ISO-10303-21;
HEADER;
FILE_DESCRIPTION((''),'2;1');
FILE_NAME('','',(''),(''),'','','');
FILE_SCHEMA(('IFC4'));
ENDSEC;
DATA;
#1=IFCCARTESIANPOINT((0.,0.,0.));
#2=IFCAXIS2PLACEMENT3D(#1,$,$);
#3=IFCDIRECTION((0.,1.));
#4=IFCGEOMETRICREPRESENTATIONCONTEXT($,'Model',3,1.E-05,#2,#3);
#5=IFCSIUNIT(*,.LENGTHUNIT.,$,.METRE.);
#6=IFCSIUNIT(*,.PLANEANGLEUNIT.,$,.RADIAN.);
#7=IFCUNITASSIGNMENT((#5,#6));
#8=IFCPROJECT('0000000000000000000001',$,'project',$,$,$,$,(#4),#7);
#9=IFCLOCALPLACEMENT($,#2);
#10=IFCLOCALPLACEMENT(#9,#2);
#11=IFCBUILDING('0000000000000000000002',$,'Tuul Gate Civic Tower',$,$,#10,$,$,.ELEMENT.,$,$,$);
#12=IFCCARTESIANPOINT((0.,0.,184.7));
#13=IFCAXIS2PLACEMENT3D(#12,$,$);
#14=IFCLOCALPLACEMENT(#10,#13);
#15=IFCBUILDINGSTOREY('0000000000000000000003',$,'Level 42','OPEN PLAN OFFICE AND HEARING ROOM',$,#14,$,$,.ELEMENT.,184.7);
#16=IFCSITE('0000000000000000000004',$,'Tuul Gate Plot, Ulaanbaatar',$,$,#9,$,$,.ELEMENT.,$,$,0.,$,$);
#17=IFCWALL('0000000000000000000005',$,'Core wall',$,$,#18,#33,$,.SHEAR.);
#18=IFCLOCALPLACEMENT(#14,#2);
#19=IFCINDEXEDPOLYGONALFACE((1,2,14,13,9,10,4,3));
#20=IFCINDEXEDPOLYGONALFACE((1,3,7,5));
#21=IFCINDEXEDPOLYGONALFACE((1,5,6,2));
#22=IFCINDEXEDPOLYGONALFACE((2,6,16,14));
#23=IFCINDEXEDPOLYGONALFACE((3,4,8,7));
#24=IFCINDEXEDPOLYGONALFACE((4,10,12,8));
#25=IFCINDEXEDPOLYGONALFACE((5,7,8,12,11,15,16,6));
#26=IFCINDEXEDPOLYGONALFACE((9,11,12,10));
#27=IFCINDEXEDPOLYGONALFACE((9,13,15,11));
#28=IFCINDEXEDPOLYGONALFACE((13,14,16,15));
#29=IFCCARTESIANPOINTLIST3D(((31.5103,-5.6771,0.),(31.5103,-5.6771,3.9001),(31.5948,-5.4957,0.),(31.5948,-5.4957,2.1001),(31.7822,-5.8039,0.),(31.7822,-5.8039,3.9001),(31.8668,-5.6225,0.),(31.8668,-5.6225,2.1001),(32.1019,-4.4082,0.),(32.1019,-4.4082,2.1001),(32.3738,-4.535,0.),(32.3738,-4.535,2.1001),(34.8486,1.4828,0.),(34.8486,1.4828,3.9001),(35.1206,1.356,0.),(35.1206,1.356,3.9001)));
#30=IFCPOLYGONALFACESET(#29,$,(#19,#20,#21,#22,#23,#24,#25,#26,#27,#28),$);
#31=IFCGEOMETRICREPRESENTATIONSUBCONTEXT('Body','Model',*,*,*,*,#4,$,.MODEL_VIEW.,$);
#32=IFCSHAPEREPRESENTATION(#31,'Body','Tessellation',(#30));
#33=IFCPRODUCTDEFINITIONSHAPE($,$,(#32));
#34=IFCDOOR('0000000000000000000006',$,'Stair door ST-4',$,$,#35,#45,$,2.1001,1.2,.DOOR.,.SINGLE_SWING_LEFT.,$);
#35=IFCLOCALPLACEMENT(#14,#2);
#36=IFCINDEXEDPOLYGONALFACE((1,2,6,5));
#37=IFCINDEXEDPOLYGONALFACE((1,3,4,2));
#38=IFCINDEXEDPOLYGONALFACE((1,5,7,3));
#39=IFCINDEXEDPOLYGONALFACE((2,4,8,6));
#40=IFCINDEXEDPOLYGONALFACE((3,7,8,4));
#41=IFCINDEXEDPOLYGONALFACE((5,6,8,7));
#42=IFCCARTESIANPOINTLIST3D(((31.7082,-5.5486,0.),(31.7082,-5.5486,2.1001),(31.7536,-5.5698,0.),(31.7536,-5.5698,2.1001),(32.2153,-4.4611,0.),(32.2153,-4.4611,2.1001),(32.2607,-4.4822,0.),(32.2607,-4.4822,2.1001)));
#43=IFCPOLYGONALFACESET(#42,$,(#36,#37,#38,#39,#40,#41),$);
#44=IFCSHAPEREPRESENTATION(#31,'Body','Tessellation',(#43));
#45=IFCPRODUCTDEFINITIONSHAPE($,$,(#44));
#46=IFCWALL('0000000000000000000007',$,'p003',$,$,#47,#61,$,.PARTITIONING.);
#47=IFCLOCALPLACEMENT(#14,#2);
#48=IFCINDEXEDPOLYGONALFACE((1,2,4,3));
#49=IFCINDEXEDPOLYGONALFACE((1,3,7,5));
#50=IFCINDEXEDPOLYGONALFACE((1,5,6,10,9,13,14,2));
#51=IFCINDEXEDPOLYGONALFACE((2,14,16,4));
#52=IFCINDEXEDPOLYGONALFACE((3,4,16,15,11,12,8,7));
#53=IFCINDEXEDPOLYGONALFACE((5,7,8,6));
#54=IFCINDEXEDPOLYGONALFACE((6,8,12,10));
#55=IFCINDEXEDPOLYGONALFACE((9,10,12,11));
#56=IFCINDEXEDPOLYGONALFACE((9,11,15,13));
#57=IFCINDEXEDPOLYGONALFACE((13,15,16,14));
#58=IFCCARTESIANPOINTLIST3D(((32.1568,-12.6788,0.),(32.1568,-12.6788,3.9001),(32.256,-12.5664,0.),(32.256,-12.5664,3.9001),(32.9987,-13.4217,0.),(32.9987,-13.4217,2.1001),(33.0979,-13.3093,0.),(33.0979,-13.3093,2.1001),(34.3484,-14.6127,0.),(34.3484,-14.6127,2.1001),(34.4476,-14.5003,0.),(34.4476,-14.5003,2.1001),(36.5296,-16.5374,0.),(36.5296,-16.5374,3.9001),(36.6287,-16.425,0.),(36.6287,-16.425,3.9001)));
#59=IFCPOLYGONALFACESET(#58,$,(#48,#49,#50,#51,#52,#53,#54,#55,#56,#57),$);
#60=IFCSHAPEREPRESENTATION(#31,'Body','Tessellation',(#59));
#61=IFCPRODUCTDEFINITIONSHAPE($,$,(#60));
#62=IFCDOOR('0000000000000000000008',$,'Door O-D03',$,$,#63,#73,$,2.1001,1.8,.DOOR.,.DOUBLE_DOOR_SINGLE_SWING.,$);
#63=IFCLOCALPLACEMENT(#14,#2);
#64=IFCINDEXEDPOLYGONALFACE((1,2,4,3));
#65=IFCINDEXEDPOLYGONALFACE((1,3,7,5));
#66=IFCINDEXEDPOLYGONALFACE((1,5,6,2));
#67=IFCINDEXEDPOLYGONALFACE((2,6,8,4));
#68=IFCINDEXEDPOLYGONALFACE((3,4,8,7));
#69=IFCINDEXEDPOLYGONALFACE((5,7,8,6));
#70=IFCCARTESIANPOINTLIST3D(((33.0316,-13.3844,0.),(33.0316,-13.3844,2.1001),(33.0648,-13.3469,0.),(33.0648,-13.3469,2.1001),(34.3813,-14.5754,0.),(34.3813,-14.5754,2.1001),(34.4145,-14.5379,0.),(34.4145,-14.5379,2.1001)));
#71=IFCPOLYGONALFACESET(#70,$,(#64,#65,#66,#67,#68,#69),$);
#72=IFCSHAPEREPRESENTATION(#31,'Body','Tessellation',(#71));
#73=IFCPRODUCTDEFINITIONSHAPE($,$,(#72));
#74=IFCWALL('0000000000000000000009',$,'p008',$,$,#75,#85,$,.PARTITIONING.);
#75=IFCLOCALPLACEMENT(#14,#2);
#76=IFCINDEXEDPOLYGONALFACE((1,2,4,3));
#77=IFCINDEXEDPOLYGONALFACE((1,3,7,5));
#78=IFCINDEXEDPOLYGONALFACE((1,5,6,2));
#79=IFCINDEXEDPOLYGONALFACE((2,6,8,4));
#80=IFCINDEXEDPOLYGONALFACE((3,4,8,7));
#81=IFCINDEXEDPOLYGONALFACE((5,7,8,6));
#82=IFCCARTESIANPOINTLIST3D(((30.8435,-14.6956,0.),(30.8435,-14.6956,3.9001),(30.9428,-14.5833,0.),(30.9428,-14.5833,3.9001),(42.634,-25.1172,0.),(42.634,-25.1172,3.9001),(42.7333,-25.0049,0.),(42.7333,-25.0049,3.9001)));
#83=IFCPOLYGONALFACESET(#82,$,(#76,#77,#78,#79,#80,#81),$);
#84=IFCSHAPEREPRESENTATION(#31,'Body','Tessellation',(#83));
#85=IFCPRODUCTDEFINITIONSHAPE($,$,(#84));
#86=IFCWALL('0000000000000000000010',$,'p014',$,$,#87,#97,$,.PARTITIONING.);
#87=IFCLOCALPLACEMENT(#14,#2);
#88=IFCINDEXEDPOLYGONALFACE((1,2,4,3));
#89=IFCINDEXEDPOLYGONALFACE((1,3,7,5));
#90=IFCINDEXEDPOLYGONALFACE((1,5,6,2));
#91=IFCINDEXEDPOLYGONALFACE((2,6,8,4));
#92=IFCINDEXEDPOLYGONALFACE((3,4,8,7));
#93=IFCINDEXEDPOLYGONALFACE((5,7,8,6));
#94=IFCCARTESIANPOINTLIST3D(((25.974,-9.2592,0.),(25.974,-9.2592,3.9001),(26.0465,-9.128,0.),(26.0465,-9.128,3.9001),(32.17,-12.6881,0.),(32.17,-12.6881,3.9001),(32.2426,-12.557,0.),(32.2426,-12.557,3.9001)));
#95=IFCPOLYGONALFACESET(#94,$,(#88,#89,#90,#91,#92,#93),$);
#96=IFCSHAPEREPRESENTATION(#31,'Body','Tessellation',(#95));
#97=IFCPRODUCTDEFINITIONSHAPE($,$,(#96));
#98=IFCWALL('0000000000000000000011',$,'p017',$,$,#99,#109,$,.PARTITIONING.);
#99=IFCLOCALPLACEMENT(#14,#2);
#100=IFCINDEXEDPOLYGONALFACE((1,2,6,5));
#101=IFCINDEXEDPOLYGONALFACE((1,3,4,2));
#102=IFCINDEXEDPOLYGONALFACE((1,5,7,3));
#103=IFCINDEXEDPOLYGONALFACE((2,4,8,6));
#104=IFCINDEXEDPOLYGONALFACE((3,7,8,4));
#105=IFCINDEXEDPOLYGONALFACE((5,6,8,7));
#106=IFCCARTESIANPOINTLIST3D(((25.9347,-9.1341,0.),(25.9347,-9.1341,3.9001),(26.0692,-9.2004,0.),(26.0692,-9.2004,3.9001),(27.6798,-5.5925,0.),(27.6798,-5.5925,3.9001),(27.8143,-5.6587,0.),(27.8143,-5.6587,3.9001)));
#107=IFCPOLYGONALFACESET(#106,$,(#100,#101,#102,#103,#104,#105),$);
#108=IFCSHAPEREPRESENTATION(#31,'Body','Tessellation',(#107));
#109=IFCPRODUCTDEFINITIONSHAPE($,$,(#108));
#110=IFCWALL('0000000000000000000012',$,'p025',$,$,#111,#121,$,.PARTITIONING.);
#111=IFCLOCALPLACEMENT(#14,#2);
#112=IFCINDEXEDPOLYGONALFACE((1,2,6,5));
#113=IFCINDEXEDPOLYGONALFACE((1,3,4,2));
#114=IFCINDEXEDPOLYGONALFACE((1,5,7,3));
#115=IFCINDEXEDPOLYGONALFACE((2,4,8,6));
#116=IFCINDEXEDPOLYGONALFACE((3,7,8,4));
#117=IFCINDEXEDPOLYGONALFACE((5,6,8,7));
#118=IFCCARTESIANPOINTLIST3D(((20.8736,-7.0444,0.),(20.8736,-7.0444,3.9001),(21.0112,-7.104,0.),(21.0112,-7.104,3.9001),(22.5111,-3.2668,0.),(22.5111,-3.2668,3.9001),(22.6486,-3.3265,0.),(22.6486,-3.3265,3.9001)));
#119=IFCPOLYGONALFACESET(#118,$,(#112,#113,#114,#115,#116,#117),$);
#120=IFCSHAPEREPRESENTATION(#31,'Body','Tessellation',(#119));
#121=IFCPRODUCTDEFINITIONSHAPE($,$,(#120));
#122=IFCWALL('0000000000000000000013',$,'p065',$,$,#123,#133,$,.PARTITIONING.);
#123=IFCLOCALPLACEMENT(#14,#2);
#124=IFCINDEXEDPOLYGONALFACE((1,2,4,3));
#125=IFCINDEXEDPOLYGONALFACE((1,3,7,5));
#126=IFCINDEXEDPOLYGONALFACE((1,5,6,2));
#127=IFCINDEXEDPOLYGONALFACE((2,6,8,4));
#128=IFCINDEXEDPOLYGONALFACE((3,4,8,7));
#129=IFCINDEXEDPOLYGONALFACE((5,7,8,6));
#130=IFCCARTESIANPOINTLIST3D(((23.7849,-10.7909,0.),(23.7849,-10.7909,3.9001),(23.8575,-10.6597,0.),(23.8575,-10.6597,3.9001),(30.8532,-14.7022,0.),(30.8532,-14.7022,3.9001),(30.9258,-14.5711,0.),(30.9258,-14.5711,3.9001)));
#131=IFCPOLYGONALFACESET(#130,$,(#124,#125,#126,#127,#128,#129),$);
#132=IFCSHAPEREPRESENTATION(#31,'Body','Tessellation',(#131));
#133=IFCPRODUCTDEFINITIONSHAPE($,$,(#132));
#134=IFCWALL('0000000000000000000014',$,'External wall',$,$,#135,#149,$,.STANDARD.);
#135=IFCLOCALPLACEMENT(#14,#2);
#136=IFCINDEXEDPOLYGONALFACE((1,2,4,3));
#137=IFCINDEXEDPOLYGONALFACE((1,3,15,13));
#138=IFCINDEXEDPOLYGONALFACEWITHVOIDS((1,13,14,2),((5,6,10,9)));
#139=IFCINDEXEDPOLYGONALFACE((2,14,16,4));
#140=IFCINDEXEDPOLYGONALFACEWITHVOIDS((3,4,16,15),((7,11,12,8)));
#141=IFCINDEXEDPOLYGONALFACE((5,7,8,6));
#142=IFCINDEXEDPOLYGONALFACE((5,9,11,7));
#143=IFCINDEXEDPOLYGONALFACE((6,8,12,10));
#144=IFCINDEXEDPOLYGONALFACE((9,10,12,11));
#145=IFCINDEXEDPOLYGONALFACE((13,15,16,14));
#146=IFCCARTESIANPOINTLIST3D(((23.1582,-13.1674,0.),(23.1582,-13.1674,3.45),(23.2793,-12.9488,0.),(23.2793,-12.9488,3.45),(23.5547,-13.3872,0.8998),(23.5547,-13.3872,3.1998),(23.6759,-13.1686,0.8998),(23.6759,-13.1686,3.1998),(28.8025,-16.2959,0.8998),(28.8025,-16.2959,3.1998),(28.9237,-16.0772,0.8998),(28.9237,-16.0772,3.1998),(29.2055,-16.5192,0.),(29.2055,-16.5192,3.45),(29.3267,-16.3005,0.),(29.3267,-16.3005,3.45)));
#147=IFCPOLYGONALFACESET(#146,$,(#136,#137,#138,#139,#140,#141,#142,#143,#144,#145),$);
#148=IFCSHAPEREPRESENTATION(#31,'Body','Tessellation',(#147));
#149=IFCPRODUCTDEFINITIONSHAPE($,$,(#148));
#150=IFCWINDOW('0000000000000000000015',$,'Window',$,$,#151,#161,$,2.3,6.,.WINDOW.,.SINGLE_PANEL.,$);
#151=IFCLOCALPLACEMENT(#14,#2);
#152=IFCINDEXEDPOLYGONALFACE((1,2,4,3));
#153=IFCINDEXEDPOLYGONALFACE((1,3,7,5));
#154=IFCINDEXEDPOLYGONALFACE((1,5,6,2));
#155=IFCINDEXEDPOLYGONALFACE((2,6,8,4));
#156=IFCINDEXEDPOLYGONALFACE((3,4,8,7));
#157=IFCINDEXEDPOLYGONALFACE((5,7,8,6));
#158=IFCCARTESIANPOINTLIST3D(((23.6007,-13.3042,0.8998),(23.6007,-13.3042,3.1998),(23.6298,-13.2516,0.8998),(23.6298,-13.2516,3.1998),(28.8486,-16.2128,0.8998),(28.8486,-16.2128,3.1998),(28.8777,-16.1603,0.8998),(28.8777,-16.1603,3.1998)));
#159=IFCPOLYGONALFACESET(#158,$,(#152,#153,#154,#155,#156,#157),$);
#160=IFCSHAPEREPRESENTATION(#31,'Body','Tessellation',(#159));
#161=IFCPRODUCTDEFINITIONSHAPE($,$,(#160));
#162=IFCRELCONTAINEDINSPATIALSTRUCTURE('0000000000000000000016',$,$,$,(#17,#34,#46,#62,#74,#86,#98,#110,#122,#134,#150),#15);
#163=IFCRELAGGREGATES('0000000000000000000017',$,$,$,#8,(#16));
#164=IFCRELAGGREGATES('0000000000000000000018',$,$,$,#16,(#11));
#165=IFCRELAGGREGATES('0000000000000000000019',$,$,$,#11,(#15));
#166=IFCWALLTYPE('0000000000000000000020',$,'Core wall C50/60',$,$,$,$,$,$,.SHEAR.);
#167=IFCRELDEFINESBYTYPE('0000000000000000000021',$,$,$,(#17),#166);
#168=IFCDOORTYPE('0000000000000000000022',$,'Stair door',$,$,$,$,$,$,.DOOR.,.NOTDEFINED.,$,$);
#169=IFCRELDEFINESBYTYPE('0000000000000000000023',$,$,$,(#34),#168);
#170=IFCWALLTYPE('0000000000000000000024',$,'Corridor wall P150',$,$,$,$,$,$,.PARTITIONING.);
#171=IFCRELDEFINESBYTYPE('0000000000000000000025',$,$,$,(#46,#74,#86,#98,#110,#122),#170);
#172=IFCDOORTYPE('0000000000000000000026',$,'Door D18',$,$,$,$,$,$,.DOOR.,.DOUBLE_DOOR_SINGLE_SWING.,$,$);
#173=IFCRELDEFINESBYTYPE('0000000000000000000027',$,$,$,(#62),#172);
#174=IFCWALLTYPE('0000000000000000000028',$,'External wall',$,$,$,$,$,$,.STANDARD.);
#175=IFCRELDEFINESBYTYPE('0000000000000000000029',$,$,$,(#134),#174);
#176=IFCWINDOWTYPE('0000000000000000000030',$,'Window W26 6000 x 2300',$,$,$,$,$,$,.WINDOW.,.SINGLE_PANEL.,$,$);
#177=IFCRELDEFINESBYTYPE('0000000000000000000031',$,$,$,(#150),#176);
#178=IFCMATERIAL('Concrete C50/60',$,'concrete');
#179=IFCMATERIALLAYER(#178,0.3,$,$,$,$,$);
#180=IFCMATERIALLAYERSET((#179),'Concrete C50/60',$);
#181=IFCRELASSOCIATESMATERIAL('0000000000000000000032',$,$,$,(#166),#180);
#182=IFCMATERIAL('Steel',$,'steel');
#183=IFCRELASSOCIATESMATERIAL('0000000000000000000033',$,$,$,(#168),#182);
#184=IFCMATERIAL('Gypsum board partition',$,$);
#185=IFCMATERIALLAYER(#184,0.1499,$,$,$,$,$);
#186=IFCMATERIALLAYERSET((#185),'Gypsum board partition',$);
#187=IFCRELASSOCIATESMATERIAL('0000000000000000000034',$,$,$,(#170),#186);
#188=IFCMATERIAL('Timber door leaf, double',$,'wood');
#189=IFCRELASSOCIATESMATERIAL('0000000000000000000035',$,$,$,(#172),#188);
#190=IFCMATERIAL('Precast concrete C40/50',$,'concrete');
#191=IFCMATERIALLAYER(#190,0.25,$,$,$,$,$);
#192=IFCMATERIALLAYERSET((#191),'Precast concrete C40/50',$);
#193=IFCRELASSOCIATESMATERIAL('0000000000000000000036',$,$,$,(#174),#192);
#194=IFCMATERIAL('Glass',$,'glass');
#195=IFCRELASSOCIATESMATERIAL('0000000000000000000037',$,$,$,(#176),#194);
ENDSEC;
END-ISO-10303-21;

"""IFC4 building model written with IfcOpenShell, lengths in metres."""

from ifc_helpers import new_model, si_unit, direction, frame, frame_2d, origin, place, context, subcontext, project, spatial, rectangle, extrude, material, layer, layer_set, type_object, element, fill, save


model = new_model("IFC4")

# Units and contexts
model_context = context("Model", 3, precision=1e-05, world=origin(), true_north=direction((0.0, 1.0)))
body_context = subcontext(model_context, "Body", "Model", "MODEL_VIEW")
ifc_project = project(units=[si_unit("LENGTHUNIT", "METRE"), si_unit("PLANEANGLEUNIT", "RADIAN")], contexts=[model_context])

# Site, building, storey
site_placement = place(None, origin())
site = spatial("IfcSite", under=ifc_project, at=site_placement, Name="Tuul Gate Plot, Ulaanbaatar", CompositionType="ELEMENT", RefElevation=0.0)
building_placement = place(site_placement, origin())
building = spatial("IfcBuilding", under=site, at=building_placement, Name="Tuul Gate Civic Tower", CompositionType="ELEMENT")
storey_placement = place(building_placement, frame((0.0, 0.0, 184.7)))
storey = spatial("IfcBuildingStorey", under=building, at=storey_placement, Name="Level 42", Description="OPEN PLAN OFFICE AND HEARING ROOM", CompositionType="ELEMENT", Elevation=184.7)

# Walls, openings, doors
ifc_material_1 = material(Name="Concrete C50/60", Category="concrete")
ifc_layer_1 = layer(ifc_material_1, 0.3)
ifc_layer_set_1 = layer_set([ifc_layer_1], Name="Concrete C50/60")
wall_type_1 = type_object("IfcWallType", Name="Core wall C50/60", PredefinedType="SHEAR", material=ifc_layer_set_1)
wall_1_placement = place(storey_placement, frame((31.6462, -5.7405, 0.0), z_axis=(0.0, 0.0, 1.0), x_axis=(0.422583, 0.906324, 0.0)))
wall_1 = element("IfcWall", 1, at=wall_1_placement, inside=storey, type_object=wall_type_1, Name="Core wall", PredefinedType="SHEAR", context=body_context, shape_type="SweptSolid", body=[
    extrude(rectangle(XDim=7.8999, YDim=0.3, at=frame_2d((3.95, 0.0))), origin(), (0.0, 0.0, 1.0), 3.9001),
])
opening_1_placement = place(wall_1_placement, frame((0.2, 0.0, 0.0)))
opening_1 = element("IfcOpeningElement", 2, at=opening_1_placement, cuts=wall_1, PredefinedType="OPENING", context=body_context, shape_type="SweptSolid", body=[
    extrude(rectangle(XDim=1.2, YDim=2.1001, at=frame_2d((0.6001, 1.05))), frame((0.0, 0.1602, 0.0), z_axis=(0.0, -1.0, 0.0), x_axis=(1.0, 0.0, 0.0)), (0.0, 0.0, 1.0), 0.3201),
])
ifc_material_2 = material(Name="Steel", Category="steel")
door_type_1 = type_object("IfcDoorType", Name="Stair door", OperationType="NOTDEFINED", PredefinedType="DOOR", material=ifc_material_2)
door_1_placement = place(opening_1_placement, origin())
door_1 = element("IfcDoor", 3, at=door_1_placement, inside=storey, type_object=door_type_1, Name="Stair door ST-4", OperationType="SINGLE_SWING_LEFT", OverallHeight=2.1001, OverallWidth=1.2, PredefinedType="DOOR", context=body_context, shape_type="SweptSolid", body=[
    extrude(rectangle(XDim=1.2, YDim=2.1001, at=frame_2d((0.6001, 1.05))), frame((0.0, 0.0249, 0.0), z_axis=(0.0, -1.0, 0.0), x_axis=(1.0, 0.0, 0.0)), (0.0, 0.0, 1.0), 0.05),
])
fill(opening_1, door_1)
ifc_material_3 = material(Name="Gypsum board partition")
ifc_layer_2 = layer(ifc_material_3, 0.1499)
ifc_layer_set_2 = layer_set([ifc_layer_2], Name="Gypsum board partition")
wall_type_2 = type_object("IfcWallType", Name="Corridor wall P150", PredefinedType="PARTITIONING", material=ifc_layer_set_2)
wall_2_placement = place(storey_placement, frame((32.2063, -12.6226, 0.0), z_axis=(0.0, 0.0, 1.0), x_axis=(0.749813, -0.661649, 0.0)))
wall_2 = element("IfcWall", 4, at=wall_2_placement, inside=storey, type_object=wall_type_2, Name="p003", PredefinedType="PARTITIONING", context=body_context, shape_type="SweptSolid", body=[
    extrude(rectangle(XDim=5.8318, YDim=0.1499, at=frame_2d((2.916, 0.0))), origin(), (0.0, 0.0, 1.0), 3.9001),
])
opening_2_placement = place(wall_2_placement, frame((1.123, 0.0, 0.0)))
opening_2 = element("IfcOpeningElement", 5, at=opening_2_placement, cuts=wall_2, PredefinedType="OPENING", context=body_context, shape_type="SweptSolid", body=[
    extrude(rectangle(XDim=1.8, YDim=2.1001, at=frame_2d((0.8999, 1.05))), frame((0.0, 0.085, 0.0), z_axis=(0.0, -1.0, 0.0), x_axis=(1.0, 0.0, 0.0)), (0.0, 0.0, 1.0), 0.1699),
])
ifc_material_4 = material(Name="Timber door leaf, double", Category="wood")
door_type_2 = type_object("IfcDoorType", Name="Door D18", OperationType="DOUBLE_DOOR_SINGLE_SWING", PredefinedType="DOOR", material=ifc_material_4)
door_2_placement = place(opening_2_placement, origin())
door_2 = element("IfcDoor", 6, at=door_2_placement, inside=storey, type_object=door_type_2, Name="Door O-D03", OperationType="DOUBLE_DOOR_SINGLE_SWING", OverallHeight=2.1001, OverallWidth=1.8, PredefinedType="DOOR", context=body_context, shape_type="SweptSolid", body=[
    extrude(rectangle(XDim=1.8, YDim=2.1001, at=frame_2d((0.8999, 1.05))), frame((0.0, 0.0249, 0.0), z_axis=(0.0, -1.0, 0.0), x_axis=(1.0, 0.0, 0.0)), (0.0, 0.0, 1.0), 0.05),
])
fill(opening_2, door_2)

# Walls
wall_3_placement = place(storey_placement, frame((30.8931, -14.6394, 0.0), z_axis=(0.0, 0.0, 1.0), x_axis=(0.749263, -0.662273, 0.0)))
element("IfcWall", 7, at=wall_3_placement, inside=storey, type_object=wall_type_2, Name="p008", PredefinedType="PARTITIONING", context=body_context, shape_type="SweptSolid", body=[
    extrude(rectangle(XDim=15.7361, YDim=0.1499, at=frame_2d((7.8682, 0.0))), origin(), (0.0, 0.0, 1.0), 3.9001),
])
wall_4_placement = place(storey_placement, frame((26.0103, -9.1936, 0.0), z_axis=(0.0, 0.0, 1.0), x_axis=(0.874953, -0.484208, 0.0)))
element("IfcWall", 8, at=wall_4_placement, inside=storey, type_object=wall_type_2, Name="p014", PredefinedType="PARTITIONING", context=body_context, shape_type="SweptSolid", body=[
    extrude(rectangle(XDim=7.0815, YDim=0.1499, at=frame_2d((3.5408, 0.0))), origin(), (0.0, 0.0, 1.0), 3.9001),
])
wall_5_placement = place(storey_placement, frame((26.002, -9.1672, 0.0), z_axis=(0.0, 0.0, 1.0), x_axis=(0.441987, 0.897021, 0.0)))
element("IfcWall", 9, at=wall_5_placement, inside=storey, type_object=wall_type_2, Name="p017", PredefinedType="PARTITIONING", context=body_context, shape_type="SweptSolid", body=[
    extrude(rectangle(XDim=3.9482, YDim=0.1499, at=frame_2d((1.9741, 0.0))), origin(), (0.0, 0.0, 1.0), 3.9001),
])
wall_6_placement = place(storey_placement, frame((20.9424, -7.0742, 0.0), z_axis=(0.0, 0.0, 1.0), x_axis=(0.397709, 0.917512, 0.0)))
element("IfcWall", 10, at=wall_6_placement, inside=storey, type_object=wall_type_2, Name="p025", PredefinedType="PARTITIONING", context=body_context, shape_type="SweptSolid", body=[
    extrude(rectangle(XDim=4.1172, YDim=0.1499, at=frame_2d((2.0586, 0.0))), origin(), (0.0, 0.0, 1.0), 3.9001),
])
wall_7_placement = place(storey_placement, frame((23.8213, -10.7253, 0.0), z_axis=(0.0, 0.0, 1.0), x_axis=(0.87497, -0.484177, 0.0)))
element("IfcWall", 11, at=wall_7_placement, inside=storey, type_object=wall_type_2, Name="p065", PredefinedType="PARTITIONING", context=body_context, shape_type="SweptSolid", body=[
    extrude(rectangle(XDim=8.0784, YDim=0.1499, at=frame_2d((4.0391, 0.0))), origin(), (0.0, 0.0, 1.0), 3.9001),
])

# Wall, opening, window
ifc_material_5 = material(Name="Precast concrete C40/50", Category="concrete")
ifc_layer_3 = layer(ifc_material_5, 0.25)
ifc_layer_set_3 = layer_set([ifc_layer_3], Name="Precast concrete C40/50")
wall_type_3 = type_object("IfcWallType", Name="External wall", PredefinedType="STANDARD", material=ifc_layer_set_3)
wall_8_placement = place(storey_placement, frame((23.2188, -13.0581, 0.0), z_axis=(0.0, 0.0, 1.0), x_axis=(0.874638, -0.484776, 0.0)))
wall_8 = element("IfcWall", 12, at=wall_8_placement, inside=storey, type_object=wall_type_3, Name="External wall", PredefinedType="STANDARD", context=body_context, shape_type="SweptSolid", body=[
    extrude(rectangle(XDim=6.9141, YDim=0.25, at=frame_2d((3.457, 0.0))), origin(), (0.0, 0.0, 1.0), 3.45),
])
opening_3_placement = place(wall_8_placement, frame((0.4534, 0.0, 0.8999)))
opening_3 = element("IfcOpeningElement", 13, at=opening_3_placement, cuts=wall_8, PredefinedType="OPENING", context=body_context, shape_type="SweptSolid", body=[
    extrude(rectangle(XDim=6.0, YDim=2.3, at=frame_2d((3.0, 1.1499))), frame((0.0, 0.135, 0.0), z_axis=(0.0, -1.0, 0.0), x_axis=(1.0, 0.0, 0.0)), (0.0, 0.0, 1.0), 0.27),
])
ifc_material_6 = material(Name="Glass", Category="glass")
window_type = type_object("IfcWindowType", Name="Window W26 6000 x 2300", PartitioningType="SINGLE_PANEL", PredefinedType="WINDOW", material=ifc_material_6)
window_1_placement = place(opening_3_placement, origin())
window_1 = element("IfcWindow", 14, at=window_1_placement, inside=storey, type_object=window_type, Name="Window", OverallHeight=2.3, OverallWidth=6.0, PartitioningType="SINGLE_PANEL", PredefinedType="WINDOW", context=body_context, shape_type="SweptSolid", body=[
    extrude(rectangle(XDim=6.0, YDim=2.3, at=frame_2d((3.0, 1.1499))), frame((0.0, 0.03, 0.0), z_axis=(0.0, -1.0, 0.0), x_axis=(1.0, 0.0, 0.0)), (0.0, 0.0, 1.0), 0.0601),
])
fill(opening_3, window_1)

save(model, "model.ifc")
